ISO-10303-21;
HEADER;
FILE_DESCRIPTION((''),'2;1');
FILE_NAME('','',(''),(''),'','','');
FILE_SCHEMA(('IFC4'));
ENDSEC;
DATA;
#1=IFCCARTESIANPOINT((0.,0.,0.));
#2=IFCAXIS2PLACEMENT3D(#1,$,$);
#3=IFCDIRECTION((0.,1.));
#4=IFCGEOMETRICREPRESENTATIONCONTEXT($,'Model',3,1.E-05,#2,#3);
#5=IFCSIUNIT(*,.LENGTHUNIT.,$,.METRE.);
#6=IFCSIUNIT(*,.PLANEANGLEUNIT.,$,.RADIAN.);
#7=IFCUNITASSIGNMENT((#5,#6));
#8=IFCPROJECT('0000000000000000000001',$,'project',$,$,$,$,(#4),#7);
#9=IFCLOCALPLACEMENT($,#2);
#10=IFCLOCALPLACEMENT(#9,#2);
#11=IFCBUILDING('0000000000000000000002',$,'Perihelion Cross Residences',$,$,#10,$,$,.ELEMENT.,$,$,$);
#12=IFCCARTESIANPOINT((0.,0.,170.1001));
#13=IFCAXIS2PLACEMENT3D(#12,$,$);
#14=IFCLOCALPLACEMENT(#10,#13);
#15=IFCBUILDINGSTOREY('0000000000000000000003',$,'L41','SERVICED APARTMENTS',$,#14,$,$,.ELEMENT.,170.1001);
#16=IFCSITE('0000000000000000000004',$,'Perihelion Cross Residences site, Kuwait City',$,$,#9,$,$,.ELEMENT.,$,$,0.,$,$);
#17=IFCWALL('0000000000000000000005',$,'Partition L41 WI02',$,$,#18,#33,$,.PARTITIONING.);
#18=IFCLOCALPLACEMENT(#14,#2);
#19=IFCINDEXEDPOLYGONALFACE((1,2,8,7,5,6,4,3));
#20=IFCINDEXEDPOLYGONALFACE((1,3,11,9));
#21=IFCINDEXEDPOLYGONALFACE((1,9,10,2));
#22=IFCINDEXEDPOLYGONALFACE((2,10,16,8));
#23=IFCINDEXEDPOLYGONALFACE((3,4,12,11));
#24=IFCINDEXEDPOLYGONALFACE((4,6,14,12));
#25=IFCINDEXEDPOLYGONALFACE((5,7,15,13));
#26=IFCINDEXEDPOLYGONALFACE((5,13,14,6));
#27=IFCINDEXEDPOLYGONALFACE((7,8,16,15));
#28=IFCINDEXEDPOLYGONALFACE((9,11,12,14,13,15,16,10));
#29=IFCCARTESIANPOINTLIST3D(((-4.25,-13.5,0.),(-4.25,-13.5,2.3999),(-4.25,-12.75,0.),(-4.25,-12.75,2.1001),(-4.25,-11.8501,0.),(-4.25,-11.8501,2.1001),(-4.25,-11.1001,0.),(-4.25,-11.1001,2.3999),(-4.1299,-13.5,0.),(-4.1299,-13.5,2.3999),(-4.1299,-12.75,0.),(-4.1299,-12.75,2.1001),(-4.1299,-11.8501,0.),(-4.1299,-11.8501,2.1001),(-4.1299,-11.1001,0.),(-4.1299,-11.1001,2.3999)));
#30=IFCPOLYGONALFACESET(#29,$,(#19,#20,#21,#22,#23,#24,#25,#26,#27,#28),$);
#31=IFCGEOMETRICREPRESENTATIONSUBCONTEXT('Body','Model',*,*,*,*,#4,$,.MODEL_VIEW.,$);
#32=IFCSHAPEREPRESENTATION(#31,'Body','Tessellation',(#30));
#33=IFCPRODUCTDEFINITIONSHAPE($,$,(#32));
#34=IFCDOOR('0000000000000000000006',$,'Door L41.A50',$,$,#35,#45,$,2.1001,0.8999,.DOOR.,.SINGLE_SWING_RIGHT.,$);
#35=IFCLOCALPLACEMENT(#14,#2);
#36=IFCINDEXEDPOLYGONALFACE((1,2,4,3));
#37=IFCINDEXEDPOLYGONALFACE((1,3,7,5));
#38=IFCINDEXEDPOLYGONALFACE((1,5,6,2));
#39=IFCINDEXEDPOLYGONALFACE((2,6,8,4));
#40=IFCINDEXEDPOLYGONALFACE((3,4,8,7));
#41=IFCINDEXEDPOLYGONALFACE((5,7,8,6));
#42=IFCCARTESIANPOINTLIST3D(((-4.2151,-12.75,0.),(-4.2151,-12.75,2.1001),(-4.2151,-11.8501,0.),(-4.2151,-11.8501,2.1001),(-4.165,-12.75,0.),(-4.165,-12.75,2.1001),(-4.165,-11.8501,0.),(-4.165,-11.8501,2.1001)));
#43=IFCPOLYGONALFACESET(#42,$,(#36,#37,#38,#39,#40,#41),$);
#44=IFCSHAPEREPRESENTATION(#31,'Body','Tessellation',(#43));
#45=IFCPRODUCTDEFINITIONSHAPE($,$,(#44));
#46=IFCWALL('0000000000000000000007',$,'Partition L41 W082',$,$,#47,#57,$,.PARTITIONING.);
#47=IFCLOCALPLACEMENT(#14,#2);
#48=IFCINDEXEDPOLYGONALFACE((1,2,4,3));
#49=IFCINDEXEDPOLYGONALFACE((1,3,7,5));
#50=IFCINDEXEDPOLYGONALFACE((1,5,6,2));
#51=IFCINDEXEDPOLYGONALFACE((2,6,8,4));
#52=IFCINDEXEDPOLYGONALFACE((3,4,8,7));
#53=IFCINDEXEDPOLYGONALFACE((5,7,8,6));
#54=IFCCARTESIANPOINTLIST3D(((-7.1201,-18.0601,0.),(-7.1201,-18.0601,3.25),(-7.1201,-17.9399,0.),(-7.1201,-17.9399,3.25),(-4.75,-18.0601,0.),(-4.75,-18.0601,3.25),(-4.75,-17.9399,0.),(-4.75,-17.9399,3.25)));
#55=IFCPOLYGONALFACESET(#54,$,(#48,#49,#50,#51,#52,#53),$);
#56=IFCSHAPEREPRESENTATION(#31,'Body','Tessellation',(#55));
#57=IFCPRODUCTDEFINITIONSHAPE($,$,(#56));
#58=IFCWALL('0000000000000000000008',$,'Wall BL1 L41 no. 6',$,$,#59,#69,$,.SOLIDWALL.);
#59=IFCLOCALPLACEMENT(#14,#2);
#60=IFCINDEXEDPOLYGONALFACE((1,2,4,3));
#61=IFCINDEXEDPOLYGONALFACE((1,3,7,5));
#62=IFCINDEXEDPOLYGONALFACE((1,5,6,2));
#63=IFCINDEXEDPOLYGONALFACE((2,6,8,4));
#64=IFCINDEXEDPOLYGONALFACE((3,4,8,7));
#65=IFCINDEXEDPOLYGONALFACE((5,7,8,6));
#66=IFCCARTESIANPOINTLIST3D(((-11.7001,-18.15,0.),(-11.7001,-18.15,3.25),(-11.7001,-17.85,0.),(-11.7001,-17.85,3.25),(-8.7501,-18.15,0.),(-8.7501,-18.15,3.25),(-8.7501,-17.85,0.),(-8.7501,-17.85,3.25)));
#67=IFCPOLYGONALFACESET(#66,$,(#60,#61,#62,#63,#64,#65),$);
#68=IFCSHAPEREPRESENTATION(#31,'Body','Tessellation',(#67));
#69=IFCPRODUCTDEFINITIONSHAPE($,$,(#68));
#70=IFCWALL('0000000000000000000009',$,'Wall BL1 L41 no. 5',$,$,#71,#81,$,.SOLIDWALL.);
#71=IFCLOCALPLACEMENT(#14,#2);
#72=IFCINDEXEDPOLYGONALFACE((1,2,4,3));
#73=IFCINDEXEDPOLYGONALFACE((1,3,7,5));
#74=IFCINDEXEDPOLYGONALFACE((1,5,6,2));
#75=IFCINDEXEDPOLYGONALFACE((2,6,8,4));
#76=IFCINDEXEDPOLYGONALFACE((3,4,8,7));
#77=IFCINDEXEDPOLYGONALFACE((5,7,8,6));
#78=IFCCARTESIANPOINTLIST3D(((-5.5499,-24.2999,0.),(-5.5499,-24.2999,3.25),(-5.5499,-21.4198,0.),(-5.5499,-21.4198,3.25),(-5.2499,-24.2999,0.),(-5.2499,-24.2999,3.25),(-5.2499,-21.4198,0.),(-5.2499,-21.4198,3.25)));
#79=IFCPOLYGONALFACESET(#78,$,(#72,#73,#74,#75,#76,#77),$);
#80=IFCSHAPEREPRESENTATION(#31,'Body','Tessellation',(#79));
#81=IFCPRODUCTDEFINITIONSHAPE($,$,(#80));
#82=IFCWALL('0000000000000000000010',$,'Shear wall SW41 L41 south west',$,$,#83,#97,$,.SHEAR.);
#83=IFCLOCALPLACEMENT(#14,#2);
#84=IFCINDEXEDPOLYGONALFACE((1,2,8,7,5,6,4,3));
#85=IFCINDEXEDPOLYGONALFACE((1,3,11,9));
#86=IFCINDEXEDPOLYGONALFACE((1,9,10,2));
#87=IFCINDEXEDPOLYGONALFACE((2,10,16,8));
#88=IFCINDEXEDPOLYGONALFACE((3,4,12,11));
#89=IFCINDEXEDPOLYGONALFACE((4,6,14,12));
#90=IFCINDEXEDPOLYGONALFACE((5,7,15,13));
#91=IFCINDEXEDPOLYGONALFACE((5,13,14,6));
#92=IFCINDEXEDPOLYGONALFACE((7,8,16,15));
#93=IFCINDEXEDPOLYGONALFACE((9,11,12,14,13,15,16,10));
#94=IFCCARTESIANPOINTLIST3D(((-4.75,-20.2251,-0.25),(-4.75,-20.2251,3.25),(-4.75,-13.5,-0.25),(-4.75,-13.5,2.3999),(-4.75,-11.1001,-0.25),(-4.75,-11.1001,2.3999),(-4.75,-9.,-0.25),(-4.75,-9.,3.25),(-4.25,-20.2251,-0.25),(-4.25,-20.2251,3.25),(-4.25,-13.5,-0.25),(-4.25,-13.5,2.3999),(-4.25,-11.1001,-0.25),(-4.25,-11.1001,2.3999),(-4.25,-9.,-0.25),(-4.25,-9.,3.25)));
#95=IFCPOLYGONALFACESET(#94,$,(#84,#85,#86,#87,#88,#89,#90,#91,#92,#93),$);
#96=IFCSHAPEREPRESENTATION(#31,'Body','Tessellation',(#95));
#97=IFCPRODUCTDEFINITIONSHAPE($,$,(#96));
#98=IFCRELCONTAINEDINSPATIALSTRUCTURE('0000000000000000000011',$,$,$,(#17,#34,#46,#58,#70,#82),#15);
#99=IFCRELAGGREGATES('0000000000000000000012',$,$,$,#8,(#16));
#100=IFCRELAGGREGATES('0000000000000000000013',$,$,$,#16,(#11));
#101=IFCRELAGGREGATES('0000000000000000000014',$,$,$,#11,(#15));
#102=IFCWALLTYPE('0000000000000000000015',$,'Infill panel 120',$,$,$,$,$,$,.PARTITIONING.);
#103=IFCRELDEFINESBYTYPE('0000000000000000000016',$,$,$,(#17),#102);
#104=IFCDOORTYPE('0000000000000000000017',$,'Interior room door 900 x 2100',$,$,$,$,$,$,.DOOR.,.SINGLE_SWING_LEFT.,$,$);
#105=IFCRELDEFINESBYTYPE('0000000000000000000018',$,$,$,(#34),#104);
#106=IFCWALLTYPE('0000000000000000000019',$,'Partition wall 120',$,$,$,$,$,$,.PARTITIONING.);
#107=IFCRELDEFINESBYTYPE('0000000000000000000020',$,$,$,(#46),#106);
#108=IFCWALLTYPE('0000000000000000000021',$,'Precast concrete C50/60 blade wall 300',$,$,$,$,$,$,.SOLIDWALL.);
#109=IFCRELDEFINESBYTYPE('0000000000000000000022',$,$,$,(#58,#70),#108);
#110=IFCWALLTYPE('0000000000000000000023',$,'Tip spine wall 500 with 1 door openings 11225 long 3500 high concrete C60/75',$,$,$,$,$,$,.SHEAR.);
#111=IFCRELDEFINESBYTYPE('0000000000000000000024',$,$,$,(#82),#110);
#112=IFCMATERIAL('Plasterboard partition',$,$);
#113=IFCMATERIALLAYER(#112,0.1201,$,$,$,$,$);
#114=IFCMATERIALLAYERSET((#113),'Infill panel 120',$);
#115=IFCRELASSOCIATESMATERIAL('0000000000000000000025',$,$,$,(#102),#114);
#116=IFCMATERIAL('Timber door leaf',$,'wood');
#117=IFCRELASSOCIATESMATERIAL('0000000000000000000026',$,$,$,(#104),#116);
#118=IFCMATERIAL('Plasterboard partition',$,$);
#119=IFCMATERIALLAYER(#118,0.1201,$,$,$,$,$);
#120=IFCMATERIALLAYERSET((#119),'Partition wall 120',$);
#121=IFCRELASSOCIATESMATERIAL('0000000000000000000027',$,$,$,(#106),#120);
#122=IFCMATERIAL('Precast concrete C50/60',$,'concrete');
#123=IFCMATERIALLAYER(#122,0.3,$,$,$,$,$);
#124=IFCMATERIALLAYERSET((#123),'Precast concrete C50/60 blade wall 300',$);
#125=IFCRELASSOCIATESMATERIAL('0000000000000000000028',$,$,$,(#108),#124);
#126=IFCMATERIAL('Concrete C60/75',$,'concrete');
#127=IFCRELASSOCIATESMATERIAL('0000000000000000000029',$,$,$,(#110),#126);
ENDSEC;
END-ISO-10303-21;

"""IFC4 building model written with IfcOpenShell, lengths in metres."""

from ifc_helpers import new_model, si_unit, direction, frame, frame_2d, origin, place, context, subcontext, project, spatial, polyline, rectangle, outline, extrude, material, layer, layer_set, material_profile, profile_set, type_object, element, fill, save


model = new_model("IFC4")

# Units and contexts
model_context = context("Model", 3, precision=1e-05, world=origin(), true_north=direction((0.0, 1.0)))
body_context = subcontext(model_context, "Body", "Model", "MODEL_VIEW")
ifc_project = project(units=[si_unit("LENGTHUNIT", "METRE"), si_unit("PLANEANGLEUNIT", "RADIAN")], contexts=[model_context])

# Site, building, storey
site_placement = place(None, origin())
site = spatial("IfcSite", under=ifc_project, at=site_placement, Name="Perihelion Cross Residences site, Kuwait City", CompositionType="ELEMENT", RefElevation=0.0)
building_placement = place(site_placement, origin())
building = spatial("IfcBuilding", under=site, at=building_placement, Name="Perihelion Cross Residences", CompositionType="ELEMENT")
storey_placement = place(building_placement, frame((0.0, 0.0, 170.1001)))
storey = spatial("IfcBuildingStorey", under=building, at=storey_placement, Name="L41", Description="SERVICED APARTMENTS", CompositionType="ELEMENT", Elevation=170.1001)

# Wall, opening, door
ifc_material_1 = material(Name="Plasterboard partition")
ifc_layer_1 = layer(ifc_material_1, 0.1201)
ifc_layer_set_1 = layer_set([ifc_layer_1], Name="Infill panel 120")
wall_type_1 = type_object("IfcWallType", Name="Infill panel 120", PredefinedType="PARTITIONING", material=ifc_layer_set_1)
wall_1_placement = place(storey_placement, frame((-4.1899, -11.1001, 0.0), z_axis=(0.0, 0.0, 1.0), x_axis=(0.0, -1.0, 0.0)))
wall_1 = element("IfcWall", 1, at=wall_1_placement, inside=storey, type_object=wall_type_1, Name="Partition L41 WI02", PredefinedType="PARTITIONING", context=body_context, shape_type="SweptSolid", body=[
    extrude(rectangle(XDim=2.3999, YDim=0.1201, at=frame_2d((1.2, 0.0))), origin(), (0.0, 0.0, 1.0), 2.3999),
])
opening_1_placement = place(wall_1_placement, frame((0.75, 0.0, 0.0)))
opening_1 = element("IfcOpeningElement", 2, at=opening_1_placement, cuts=wall_1, PredefinedType="OPENING", context=body_context, shape_type="SweptSolid", body=[
    extrude(rectangle(XDim=0.8999, YDim=2.1001, at=frame_2d((0.45, 1.05))), frame((0.0, 0.0701, 0.0), z_axis=(0.0, -1.0, 0.0), x_axis=(1.0, 0.0, 0.0)), (0.0, 0.0, 1.0), 0.1401),
])
ifc_material_2 = material(Name="Timber door leaf", Category="wood")
door_type_1 = type_object("IfcDoorType", Name="Interior room door 900 x 2100", OperationType="SINGLE_SWING_LEFT", PredefinedType="DOOR", material=ifc_material_2)
door_1_placement = place(opening_1_placement, origin())
door_1 = element("IfcDoor", 3, at=door_1_placement, inside=storey, type_object=door_type_1, Name="Door L41.A50", OperationType="SINGLE_SWING_RIGHT", OverallHeight=2.1001, OverallWidth=0.8999, PredefinedType="DOOR", context=body_context, shape_type="SweptSolid", body=[
    extrude(rectangle(XDim=0.8999, YDim=2.1001, at=frame_2d((0.45, 1.05))), frame((0.0, 0.0249, 0.0), z_axis=(0.0, -1.0, 0.0), x_axis=(1.0, 0.0, 0.0)), (0.0, 0.0, 1.0), 0.05),
])
fill(opening_1, door_1)

# Walls
ifc_material_3 = material(Name="Plasterboard partition")
ifc_layer_2 = layer(ifc_material_3, 0.1201)
ifc_layer_set_2 = layer_set([ifc_layer_2], Name="Partition wall 120")
wall_type_2 = type_object("IfcWallType", Name="Partition wall 120", PredefinedType="PARTITIONING", material=ifc_layer_set_2)
wall_2_placement = place(storey_placement, frame((-4.75, -18.0, 0.0), z_axis=(0.0, 0.0, 1.0), x_axis=(-1.0, 0.0, 0.0)))
element("IfcWall", 4, at=wall_2_placement, inside=storey, type_object=wall_type_2, Name="Partition L41 W082", PredefinedType="PARTITIONING", context=body_context, shape_type="SweptSolid", body=[
    extrude(rectangle(XDim=2.3701, YDim=0.1201, at=frame_2d((1.1851, 0.0))), origin(), (0.0, 0.0, 1.0), 3.25),
])
ifc_material_4 = material(Name="Precast concrete C50/60", Category="concrete")
ifc_layer_3 = layer(ifc_material_4, 0.3)
ifc_layer_set_3 = layer_set([ifc_layer_3], Name="Precast concrete C50/60 blade wall 300")
wall_type_3 = type_object("IfcWallType", Name="Precast concrete C50/60 blade wall 300", PredefinedType="SOLIDWALL", material=ifc_layer_set_3)
wall_3_placement = place(storey_placement, frame((-8.75, -18.0, 0.0), z_axis=(0.0, 0.0, 1.0), x_axis=(-1.0, 0.0, 0.0)))
element("IfcWall", 5, at=wall_3_placement, inside=storey, type_object=wall_type_3, Name="Wall BL1 L41 no. 6", PredefinedType="SOLIDWALL", context=body_context, shape_type="SweptSolid", body=[
    extrude(rectangle(XDim=2.95, YDim=0.3, at=frame_2d((1.4751, 0.0))), origin(), (0.0, 0.0, 1.0), 3.25),
])
wall_4_placement = place(storey_placement, frame((-5.3999, -21.4199, 0.0), z_axis=(0.0, 0.0, 1.0), x_axis=(0.0, -1.0, 0.0)))
element("IfcWall", 6, at=wall_4_placement, inside=storey, type_object=wall_type_3, Name="Wall BL1 L41 no. 5", PredefinedType="SOLIDWALL", context=body_context, shape_type="SweptSolid", body=[
    extrude(rectangle(XDim=2.8801, YDim=0.3, at=frame_2d((1.4399, 0.0))), origin(), (0.0, 0.0, 1.0), 3.25),
])
ifc_material_5 = material(Name="Concrete C60/75", Category="concrete")
ifc_material_profile_1 = material_profile(ifc_material_5, outline(polyline([(0.0, 0.0), (6.7251, 0.0), (6.7251, 2.6499), (9.125, 2.6499), (9.125, 0.0), (11.2251, 0.0), (11.2251, 3.5), (0.0, 3.5), (0.0, 0.0)])), Name="Tip spine wall")
ifc_profile_set_1 = profile_set([ifc_material_profile_1], Name="Concrete C60/75")
wall_type_4 = type_object("IfcWallType", Name="Tip spine wall 500 with 1 door openings 11225 long 3500 high concrete C60/75", PredefinedType="SHEAR", material=ifc_profile_set_1)
wall_5_placement = place(storey_placement, frame((-4.75, -20.2251, -0.25), z_axis=(1.0, 0.0, 0.0), x_axis=(0.0, 1.0, 0.0)))
element("IfcWall", 7, at=wall_5_placement, inside=storey, type_object=wall_type_4, Name="Shear wall SW41 L41 south west", PredefinedType="SHEAR", context=body_context, shape_type="SweptSolid", body=[
    extrude(outline(polyline([(0.0, 0.0), (6.7251, 0.0), (6.7251, 2.6499), (9.125, 2.6499), (9.125, 0.0), (11.2251, 0.0), (11.2251, 3.5), (0.0, 3.5), (0.0, 0.0)])), origin(), (0.0, 0.0, 1.0), 0.5),
])

save(model, "model.ifc")
